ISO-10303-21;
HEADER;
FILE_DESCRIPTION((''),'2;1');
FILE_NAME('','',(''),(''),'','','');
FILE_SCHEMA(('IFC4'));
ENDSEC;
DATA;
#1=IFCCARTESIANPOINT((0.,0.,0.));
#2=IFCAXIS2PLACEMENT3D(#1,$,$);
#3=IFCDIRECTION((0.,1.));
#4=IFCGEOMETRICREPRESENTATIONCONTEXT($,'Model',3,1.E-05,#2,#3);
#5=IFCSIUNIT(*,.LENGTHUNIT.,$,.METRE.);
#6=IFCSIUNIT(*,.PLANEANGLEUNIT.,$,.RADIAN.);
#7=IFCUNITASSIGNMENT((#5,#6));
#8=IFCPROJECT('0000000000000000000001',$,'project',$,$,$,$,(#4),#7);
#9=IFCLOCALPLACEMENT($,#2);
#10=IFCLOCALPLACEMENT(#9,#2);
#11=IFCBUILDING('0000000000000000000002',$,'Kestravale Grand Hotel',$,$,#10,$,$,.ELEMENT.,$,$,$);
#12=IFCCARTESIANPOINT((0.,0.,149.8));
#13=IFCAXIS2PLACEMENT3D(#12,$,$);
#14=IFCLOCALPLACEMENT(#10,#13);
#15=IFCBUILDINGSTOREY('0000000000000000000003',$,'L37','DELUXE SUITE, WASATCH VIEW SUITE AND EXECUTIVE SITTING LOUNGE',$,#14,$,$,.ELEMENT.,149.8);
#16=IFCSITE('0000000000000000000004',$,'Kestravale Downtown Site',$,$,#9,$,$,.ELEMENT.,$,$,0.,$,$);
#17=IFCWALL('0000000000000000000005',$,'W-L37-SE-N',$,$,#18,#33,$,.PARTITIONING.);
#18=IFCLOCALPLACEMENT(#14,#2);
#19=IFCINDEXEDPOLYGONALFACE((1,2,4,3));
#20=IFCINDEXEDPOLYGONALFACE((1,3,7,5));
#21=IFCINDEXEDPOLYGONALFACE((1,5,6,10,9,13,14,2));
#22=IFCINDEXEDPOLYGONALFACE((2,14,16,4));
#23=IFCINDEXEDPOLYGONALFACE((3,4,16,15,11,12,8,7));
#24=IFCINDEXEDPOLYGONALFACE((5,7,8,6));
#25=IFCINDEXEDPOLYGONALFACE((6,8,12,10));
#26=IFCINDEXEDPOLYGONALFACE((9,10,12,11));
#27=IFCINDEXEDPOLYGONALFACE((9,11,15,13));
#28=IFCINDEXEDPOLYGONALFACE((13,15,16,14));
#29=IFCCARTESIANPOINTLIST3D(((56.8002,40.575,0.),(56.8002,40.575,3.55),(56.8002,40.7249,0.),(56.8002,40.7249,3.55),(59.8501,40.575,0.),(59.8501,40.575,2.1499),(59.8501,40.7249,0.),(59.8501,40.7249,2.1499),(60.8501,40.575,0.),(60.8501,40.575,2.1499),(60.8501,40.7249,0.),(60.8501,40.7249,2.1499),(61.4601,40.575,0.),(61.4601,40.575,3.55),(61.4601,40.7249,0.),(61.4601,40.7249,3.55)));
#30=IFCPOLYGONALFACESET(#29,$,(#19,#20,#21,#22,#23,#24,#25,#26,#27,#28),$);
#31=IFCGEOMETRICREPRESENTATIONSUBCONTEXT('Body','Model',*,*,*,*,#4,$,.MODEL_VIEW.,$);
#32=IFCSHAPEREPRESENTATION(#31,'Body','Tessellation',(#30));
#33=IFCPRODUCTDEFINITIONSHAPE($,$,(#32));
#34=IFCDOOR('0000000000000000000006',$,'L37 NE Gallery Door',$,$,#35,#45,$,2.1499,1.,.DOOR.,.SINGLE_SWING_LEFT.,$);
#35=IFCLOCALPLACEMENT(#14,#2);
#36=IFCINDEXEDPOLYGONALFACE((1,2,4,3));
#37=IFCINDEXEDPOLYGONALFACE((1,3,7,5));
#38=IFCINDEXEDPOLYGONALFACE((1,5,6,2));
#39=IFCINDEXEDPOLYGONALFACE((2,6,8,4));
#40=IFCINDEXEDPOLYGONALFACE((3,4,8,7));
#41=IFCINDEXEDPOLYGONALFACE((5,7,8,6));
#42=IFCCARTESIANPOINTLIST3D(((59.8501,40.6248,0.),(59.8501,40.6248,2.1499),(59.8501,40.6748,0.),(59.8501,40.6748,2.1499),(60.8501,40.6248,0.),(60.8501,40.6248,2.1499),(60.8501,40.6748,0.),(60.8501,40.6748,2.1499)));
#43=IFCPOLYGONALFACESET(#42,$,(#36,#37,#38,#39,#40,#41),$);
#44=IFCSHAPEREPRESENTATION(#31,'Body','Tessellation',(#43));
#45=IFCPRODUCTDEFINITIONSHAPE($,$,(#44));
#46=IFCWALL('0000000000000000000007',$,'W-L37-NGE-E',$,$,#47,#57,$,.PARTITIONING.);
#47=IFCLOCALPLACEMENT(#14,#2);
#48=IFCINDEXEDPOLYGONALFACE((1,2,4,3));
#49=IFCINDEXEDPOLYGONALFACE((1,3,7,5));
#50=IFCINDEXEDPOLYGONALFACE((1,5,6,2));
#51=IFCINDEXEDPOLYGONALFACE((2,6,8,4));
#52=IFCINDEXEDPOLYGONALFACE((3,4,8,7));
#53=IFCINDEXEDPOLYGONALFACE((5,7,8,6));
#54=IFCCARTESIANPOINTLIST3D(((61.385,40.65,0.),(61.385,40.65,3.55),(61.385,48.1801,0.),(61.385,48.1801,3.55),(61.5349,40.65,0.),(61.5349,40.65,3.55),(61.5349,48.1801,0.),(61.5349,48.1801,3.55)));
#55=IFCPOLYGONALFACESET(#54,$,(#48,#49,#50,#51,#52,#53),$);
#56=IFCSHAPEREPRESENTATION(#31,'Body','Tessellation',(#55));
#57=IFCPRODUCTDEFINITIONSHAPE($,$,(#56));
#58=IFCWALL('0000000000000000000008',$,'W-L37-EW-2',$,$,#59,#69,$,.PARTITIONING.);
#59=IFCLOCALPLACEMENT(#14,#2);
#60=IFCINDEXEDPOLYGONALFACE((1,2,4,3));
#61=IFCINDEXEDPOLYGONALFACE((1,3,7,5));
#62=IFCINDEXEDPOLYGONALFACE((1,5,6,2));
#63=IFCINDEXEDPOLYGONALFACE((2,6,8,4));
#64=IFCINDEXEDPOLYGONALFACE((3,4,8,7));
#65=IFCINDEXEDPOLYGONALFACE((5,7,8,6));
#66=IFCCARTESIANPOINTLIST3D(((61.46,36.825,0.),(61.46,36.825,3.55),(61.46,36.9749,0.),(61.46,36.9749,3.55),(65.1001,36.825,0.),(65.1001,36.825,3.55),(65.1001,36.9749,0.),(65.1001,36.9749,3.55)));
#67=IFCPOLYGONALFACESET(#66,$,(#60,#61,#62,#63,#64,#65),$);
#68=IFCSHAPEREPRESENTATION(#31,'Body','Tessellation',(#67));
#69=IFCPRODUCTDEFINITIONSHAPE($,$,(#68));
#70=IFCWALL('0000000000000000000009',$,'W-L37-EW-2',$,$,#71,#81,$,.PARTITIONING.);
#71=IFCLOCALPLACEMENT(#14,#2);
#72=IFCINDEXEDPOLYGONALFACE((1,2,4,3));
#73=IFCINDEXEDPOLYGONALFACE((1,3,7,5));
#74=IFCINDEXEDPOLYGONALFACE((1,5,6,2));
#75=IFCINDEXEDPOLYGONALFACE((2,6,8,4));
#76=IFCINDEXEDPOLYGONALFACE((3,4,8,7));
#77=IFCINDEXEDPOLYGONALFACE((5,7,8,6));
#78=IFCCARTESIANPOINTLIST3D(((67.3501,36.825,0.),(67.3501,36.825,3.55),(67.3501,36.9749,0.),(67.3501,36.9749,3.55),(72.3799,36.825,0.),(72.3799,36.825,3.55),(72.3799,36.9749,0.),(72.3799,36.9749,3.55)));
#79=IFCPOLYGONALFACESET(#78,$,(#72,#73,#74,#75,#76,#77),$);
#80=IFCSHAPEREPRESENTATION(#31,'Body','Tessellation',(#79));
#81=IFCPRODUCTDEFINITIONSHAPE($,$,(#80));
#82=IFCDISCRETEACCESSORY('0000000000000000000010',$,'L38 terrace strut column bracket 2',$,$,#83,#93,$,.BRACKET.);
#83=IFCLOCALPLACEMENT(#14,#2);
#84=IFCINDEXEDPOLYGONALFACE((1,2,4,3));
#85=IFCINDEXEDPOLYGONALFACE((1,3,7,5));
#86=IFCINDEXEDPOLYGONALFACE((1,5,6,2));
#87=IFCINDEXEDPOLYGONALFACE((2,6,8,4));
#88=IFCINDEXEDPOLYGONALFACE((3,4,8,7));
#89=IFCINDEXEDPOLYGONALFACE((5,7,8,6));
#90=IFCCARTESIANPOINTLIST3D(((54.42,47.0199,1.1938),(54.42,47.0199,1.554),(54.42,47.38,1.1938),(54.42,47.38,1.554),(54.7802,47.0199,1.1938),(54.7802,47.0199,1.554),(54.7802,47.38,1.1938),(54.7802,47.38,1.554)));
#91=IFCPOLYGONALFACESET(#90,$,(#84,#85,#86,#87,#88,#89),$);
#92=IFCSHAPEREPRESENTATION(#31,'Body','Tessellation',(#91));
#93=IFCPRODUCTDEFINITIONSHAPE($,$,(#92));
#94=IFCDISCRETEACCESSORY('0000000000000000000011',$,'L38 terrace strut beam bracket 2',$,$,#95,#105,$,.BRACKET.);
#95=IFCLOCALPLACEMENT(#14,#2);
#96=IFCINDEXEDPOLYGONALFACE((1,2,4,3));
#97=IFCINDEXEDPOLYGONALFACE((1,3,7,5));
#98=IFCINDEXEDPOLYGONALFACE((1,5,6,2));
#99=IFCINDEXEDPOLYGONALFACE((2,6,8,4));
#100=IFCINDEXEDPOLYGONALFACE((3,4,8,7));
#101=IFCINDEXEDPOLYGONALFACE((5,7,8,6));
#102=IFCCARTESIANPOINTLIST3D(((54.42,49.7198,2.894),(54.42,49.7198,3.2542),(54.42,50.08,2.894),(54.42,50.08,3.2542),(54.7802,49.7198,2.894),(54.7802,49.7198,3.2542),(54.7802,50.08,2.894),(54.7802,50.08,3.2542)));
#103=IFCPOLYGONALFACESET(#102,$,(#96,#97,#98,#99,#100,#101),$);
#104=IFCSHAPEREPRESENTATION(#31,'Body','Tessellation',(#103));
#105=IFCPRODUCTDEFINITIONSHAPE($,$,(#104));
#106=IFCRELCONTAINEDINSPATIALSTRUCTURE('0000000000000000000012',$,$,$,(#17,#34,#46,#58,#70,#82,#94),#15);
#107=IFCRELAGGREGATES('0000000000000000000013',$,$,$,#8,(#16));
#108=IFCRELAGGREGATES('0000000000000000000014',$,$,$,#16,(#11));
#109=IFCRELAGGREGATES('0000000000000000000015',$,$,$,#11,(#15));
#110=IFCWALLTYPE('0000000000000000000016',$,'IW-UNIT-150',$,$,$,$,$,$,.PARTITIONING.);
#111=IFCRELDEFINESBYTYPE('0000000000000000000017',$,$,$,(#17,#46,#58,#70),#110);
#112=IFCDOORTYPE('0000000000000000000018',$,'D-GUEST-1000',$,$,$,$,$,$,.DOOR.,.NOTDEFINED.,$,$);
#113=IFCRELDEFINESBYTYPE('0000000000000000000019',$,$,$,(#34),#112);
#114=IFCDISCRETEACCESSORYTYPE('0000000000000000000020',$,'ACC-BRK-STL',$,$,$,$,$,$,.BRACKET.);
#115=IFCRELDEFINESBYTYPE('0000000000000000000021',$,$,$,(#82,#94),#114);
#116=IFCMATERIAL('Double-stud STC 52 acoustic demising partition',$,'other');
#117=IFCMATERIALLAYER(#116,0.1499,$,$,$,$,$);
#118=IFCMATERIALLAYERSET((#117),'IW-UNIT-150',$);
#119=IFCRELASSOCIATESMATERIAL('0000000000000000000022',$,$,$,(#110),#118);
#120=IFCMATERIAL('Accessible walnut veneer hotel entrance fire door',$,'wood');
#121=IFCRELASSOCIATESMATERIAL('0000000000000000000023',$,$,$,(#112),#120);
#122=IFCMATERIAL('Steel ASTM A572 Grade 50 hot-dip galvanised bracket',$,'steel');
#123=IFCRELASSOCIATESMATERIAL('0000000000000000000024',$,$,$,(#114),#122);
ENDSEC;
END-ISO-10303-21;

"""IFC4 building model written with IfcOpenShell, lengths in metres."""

from ifc_helpers import new_model, si_unit, direction, frame, frame_2d, origin, origin_2d, place, context, subcontext, project, spatial, rectangle, extrude, material, layer, layer_set, type_object, element, fill, save


model = new_model("IFC4")

# Units and contexts
model_context = context("Model", 3, precision=1e-05, world=origin(), true_north=direction((0.0, 1.0)))
body_context = subcontext(model_context, "Body", "Model", "MODEL_VIEW")
ifc_project = project(units=[si_unit("LENGTHUNIT", "METRE"), si_unit("PLANEANGLEUNIT", "RADIAN")], contexts=[model_context])

# Site, building, storey
site_placement = place(None, origin())
site = spatial("IfcSite", under=ifc_project, at=site_placement, Name="Kestravale Downtown Site", CompositionType="ELEMENT", RefElevation=0.0)
building_placement = place(site_placement, origin())
building = spatial("IfcBuilding", under=site, at=building_placement, Name="Kestravale Grand Hotel", CompositionType="ELEMENT")
storey_placement = place(building_placement, frame((0.0, 0.0, 149.8)))
storey = spatial("IfcBuildingStorey", under=building, at=storey_placement, Name="L37", Description="DELUXE SUITE, WASATCH VIEW SUITE AND EXECUTIVE SITTING LOUNGE", CompositionType="ELEMENT", Elevation=149.8)

# Wall, opening, door
ifc_material_1 = material(Name="Double-stud STC 52 acoustic demising partition", Category="other")
ifc_layer_1 = layer(ifc_material_1, 0.1499)
ifc_layer_set_1 = layer_set([ifc_layer_1], Name="IW-UNIT-150")
wall_type_1 = type_object("IfcWallType", Name="IW-UNIT-150", PredefinedType="PARTITIONING", material=ifc_layer_set_1)
wall_1_placement = place(storey_placement, frame((56.8, 40.6499, 0.0), z_axis=(0.0, 0.0, 1.0), x_axis=(1.0, 0.0, 0.0)))
wall_1 = element("IfcWall", 1, at=wall_1_placement, inside=storey, type_object=wall_type_1, Name="W-L37-SE-N", PredefinedType="PARTITIONING", context=body_context, shape_type="SweptSolid", body=[
    extrude(rectangle(XDim=4.6599, YDim=0.1499, at=frame_2d((2.3301, 0.0))), origin(), (0.0, 0.0, 1.0), 3.55),
])
opening_1_placement = place(wall_1_placement, frame((3.05, 0.0, 0.0)))
opening_1 = element("IfcOpeningElement", 2, at=opening_1_placement, cuts=wall_1, PredefinedType="OPENING", context=body_context, shape_type="SweptSolid", body=[
    extrude(rectangle(XDim=1.0, YDim=2.1499, at=frame_2d((0.5, 1.075))), frame((0.0, 0.085, 0.0), z_axis=(0.0, -1.0, 0.0), x_axis=(1.0, 0.0, 0.0)), (0.0, 0.0, 1.0), 0.1699),
])
ifc_material_2 = material(Name="Accessible walnut veneer hotel entrance fire door", Category="wood")
door_type_1 = type_object("IfcDoorType", Name="D-GUEST-1000", OperationType="NOTDEFINED", PredefinedType="DOOR", material=ifc_material_2)
door_1_placement = place(opening_1_placement, origin())
door_1 = element("IfcDoor", 3, at=door_1_placement, inside=storey, type_object=door_type_1, Name="L37 NE Gallery Door", OperationType="SINGLE_SWING_LEFT", OverallHeight=2.1499, OverallWidth=1.0, PredefinedType="DOOR", context=body_context, shape_type="SweptSolid", body=[
    extrude(rectangle(XDim=1.0, YDim=2.1499, at=frame_2d((0.5, 1.075))), frame((0.0, 0.0249, 0.0), z_axis=(0.0, -1.0, 0.0), x_axis=(1.0, 0.0, 0.0)), (0.0, 0.0, 1.0), 0.05),
])
fill(opening_1, door_1)

# Walls
wall_2_placement = place(storey_placement, frame((61.46, 40.6499, 0.0), z_axis=(0.0, 0.0, 1.0), x_axis=(0.0, 1.0, 0.0)))
element("IfcWall", 4, at=wall_2_placement, inside=storey, type_object=wall_type_1, Name="W-L37-NGE-E", PredefinedType="PARTITIONING", context=body_context, shape_type="SweptSolid", body=[
    extrude(rectangle(XDim=7.53, YDim=0.1499, at=frame_2d((3.7651, 0.0))), origin(), (0.0, 0.0, 1.0), 3.55),
])
wall_3_placement = place(storey_placement, frame((61.46, 36.8999, 0.0), z_axis=(0.0, 0.0, 1.0), x_axis=(1.0, 0.0, 0.0)))
element("IfcWall", 5, at=wall_3_placement, inside=storey, type_object=wall_type_1, Name="W-L37-EW-2", PredefinedType="PARTITIONING", context=body_context, shape_type="SweptSolid", body=[
    extrude(rectangle(XDim=3.6401, YDim=0.1499, at=frame_2d((1.8201, 0.0))), origin(), (0.0, 0.0, 1.0), 3.55),
])
wall_4_placement = place(storey_placement, frame((67.3501, 36.8999, 0.0), z_axis=(0.0, 0.0, 1.0), x_axis=(1.0, 0.0, 0.0)))
element("IfcWall", 6, at=wall_4_placement, inside=storey, type_object=wall_type_1, Name="W-L37-EW-2", PredefinedType="PARTITIONING", context=body_context, shape_type="SweptSolid", body=[
    extrude(rectangle(XDim=5.0298, YDim=0.1499, at=frame_2d((2.5149, 0.0))), origin(), (0.0, 0.0, 1.0), 3.55),
])

# Discrete accessories
ifc_material_3 = material(Name="Steel ASTM A572 Grade 50 hot-dip galvanised bracket", Category="steel")
discrete_accessory_type = type_object("IfcDiscreteAccessoryType", Name="ACC-BRK-STL", PredefinedType="BRACKET", material=ifc_material_3)
for number, where, z_axis, x_axis, name in (
    (7, (54.6001, 47.2, 1.1938), (0.0, 0.0, 1.0), (1.0, 0.0, 0.0), "L38 terrace strut column bracket 2"),
    (8, (54.6001, 49.8999, 2.894), (0.0, 0.0, 1.0), (1.0, 0.0, 0.0), "L38 terrace strut beam bracket 2"),
):
    element("IfcDiscreteAccessory", number, at=place(storey_placement, frame(where, z_axis=z_axis, x_axis=x_axis)), inside=storey, type_object=discrete_accessory_type, Name=name, PredefinedType="BRACKET", context=body_context, shape_type="SweptSolid", body=[
        extrude(rectangle(XDim=0.3601, YDim=0.3601, at=origin_2d()), origin(), (0.0, 0.0, 1.0), 0.3601),
    ])

save(model, "model.ifc")
